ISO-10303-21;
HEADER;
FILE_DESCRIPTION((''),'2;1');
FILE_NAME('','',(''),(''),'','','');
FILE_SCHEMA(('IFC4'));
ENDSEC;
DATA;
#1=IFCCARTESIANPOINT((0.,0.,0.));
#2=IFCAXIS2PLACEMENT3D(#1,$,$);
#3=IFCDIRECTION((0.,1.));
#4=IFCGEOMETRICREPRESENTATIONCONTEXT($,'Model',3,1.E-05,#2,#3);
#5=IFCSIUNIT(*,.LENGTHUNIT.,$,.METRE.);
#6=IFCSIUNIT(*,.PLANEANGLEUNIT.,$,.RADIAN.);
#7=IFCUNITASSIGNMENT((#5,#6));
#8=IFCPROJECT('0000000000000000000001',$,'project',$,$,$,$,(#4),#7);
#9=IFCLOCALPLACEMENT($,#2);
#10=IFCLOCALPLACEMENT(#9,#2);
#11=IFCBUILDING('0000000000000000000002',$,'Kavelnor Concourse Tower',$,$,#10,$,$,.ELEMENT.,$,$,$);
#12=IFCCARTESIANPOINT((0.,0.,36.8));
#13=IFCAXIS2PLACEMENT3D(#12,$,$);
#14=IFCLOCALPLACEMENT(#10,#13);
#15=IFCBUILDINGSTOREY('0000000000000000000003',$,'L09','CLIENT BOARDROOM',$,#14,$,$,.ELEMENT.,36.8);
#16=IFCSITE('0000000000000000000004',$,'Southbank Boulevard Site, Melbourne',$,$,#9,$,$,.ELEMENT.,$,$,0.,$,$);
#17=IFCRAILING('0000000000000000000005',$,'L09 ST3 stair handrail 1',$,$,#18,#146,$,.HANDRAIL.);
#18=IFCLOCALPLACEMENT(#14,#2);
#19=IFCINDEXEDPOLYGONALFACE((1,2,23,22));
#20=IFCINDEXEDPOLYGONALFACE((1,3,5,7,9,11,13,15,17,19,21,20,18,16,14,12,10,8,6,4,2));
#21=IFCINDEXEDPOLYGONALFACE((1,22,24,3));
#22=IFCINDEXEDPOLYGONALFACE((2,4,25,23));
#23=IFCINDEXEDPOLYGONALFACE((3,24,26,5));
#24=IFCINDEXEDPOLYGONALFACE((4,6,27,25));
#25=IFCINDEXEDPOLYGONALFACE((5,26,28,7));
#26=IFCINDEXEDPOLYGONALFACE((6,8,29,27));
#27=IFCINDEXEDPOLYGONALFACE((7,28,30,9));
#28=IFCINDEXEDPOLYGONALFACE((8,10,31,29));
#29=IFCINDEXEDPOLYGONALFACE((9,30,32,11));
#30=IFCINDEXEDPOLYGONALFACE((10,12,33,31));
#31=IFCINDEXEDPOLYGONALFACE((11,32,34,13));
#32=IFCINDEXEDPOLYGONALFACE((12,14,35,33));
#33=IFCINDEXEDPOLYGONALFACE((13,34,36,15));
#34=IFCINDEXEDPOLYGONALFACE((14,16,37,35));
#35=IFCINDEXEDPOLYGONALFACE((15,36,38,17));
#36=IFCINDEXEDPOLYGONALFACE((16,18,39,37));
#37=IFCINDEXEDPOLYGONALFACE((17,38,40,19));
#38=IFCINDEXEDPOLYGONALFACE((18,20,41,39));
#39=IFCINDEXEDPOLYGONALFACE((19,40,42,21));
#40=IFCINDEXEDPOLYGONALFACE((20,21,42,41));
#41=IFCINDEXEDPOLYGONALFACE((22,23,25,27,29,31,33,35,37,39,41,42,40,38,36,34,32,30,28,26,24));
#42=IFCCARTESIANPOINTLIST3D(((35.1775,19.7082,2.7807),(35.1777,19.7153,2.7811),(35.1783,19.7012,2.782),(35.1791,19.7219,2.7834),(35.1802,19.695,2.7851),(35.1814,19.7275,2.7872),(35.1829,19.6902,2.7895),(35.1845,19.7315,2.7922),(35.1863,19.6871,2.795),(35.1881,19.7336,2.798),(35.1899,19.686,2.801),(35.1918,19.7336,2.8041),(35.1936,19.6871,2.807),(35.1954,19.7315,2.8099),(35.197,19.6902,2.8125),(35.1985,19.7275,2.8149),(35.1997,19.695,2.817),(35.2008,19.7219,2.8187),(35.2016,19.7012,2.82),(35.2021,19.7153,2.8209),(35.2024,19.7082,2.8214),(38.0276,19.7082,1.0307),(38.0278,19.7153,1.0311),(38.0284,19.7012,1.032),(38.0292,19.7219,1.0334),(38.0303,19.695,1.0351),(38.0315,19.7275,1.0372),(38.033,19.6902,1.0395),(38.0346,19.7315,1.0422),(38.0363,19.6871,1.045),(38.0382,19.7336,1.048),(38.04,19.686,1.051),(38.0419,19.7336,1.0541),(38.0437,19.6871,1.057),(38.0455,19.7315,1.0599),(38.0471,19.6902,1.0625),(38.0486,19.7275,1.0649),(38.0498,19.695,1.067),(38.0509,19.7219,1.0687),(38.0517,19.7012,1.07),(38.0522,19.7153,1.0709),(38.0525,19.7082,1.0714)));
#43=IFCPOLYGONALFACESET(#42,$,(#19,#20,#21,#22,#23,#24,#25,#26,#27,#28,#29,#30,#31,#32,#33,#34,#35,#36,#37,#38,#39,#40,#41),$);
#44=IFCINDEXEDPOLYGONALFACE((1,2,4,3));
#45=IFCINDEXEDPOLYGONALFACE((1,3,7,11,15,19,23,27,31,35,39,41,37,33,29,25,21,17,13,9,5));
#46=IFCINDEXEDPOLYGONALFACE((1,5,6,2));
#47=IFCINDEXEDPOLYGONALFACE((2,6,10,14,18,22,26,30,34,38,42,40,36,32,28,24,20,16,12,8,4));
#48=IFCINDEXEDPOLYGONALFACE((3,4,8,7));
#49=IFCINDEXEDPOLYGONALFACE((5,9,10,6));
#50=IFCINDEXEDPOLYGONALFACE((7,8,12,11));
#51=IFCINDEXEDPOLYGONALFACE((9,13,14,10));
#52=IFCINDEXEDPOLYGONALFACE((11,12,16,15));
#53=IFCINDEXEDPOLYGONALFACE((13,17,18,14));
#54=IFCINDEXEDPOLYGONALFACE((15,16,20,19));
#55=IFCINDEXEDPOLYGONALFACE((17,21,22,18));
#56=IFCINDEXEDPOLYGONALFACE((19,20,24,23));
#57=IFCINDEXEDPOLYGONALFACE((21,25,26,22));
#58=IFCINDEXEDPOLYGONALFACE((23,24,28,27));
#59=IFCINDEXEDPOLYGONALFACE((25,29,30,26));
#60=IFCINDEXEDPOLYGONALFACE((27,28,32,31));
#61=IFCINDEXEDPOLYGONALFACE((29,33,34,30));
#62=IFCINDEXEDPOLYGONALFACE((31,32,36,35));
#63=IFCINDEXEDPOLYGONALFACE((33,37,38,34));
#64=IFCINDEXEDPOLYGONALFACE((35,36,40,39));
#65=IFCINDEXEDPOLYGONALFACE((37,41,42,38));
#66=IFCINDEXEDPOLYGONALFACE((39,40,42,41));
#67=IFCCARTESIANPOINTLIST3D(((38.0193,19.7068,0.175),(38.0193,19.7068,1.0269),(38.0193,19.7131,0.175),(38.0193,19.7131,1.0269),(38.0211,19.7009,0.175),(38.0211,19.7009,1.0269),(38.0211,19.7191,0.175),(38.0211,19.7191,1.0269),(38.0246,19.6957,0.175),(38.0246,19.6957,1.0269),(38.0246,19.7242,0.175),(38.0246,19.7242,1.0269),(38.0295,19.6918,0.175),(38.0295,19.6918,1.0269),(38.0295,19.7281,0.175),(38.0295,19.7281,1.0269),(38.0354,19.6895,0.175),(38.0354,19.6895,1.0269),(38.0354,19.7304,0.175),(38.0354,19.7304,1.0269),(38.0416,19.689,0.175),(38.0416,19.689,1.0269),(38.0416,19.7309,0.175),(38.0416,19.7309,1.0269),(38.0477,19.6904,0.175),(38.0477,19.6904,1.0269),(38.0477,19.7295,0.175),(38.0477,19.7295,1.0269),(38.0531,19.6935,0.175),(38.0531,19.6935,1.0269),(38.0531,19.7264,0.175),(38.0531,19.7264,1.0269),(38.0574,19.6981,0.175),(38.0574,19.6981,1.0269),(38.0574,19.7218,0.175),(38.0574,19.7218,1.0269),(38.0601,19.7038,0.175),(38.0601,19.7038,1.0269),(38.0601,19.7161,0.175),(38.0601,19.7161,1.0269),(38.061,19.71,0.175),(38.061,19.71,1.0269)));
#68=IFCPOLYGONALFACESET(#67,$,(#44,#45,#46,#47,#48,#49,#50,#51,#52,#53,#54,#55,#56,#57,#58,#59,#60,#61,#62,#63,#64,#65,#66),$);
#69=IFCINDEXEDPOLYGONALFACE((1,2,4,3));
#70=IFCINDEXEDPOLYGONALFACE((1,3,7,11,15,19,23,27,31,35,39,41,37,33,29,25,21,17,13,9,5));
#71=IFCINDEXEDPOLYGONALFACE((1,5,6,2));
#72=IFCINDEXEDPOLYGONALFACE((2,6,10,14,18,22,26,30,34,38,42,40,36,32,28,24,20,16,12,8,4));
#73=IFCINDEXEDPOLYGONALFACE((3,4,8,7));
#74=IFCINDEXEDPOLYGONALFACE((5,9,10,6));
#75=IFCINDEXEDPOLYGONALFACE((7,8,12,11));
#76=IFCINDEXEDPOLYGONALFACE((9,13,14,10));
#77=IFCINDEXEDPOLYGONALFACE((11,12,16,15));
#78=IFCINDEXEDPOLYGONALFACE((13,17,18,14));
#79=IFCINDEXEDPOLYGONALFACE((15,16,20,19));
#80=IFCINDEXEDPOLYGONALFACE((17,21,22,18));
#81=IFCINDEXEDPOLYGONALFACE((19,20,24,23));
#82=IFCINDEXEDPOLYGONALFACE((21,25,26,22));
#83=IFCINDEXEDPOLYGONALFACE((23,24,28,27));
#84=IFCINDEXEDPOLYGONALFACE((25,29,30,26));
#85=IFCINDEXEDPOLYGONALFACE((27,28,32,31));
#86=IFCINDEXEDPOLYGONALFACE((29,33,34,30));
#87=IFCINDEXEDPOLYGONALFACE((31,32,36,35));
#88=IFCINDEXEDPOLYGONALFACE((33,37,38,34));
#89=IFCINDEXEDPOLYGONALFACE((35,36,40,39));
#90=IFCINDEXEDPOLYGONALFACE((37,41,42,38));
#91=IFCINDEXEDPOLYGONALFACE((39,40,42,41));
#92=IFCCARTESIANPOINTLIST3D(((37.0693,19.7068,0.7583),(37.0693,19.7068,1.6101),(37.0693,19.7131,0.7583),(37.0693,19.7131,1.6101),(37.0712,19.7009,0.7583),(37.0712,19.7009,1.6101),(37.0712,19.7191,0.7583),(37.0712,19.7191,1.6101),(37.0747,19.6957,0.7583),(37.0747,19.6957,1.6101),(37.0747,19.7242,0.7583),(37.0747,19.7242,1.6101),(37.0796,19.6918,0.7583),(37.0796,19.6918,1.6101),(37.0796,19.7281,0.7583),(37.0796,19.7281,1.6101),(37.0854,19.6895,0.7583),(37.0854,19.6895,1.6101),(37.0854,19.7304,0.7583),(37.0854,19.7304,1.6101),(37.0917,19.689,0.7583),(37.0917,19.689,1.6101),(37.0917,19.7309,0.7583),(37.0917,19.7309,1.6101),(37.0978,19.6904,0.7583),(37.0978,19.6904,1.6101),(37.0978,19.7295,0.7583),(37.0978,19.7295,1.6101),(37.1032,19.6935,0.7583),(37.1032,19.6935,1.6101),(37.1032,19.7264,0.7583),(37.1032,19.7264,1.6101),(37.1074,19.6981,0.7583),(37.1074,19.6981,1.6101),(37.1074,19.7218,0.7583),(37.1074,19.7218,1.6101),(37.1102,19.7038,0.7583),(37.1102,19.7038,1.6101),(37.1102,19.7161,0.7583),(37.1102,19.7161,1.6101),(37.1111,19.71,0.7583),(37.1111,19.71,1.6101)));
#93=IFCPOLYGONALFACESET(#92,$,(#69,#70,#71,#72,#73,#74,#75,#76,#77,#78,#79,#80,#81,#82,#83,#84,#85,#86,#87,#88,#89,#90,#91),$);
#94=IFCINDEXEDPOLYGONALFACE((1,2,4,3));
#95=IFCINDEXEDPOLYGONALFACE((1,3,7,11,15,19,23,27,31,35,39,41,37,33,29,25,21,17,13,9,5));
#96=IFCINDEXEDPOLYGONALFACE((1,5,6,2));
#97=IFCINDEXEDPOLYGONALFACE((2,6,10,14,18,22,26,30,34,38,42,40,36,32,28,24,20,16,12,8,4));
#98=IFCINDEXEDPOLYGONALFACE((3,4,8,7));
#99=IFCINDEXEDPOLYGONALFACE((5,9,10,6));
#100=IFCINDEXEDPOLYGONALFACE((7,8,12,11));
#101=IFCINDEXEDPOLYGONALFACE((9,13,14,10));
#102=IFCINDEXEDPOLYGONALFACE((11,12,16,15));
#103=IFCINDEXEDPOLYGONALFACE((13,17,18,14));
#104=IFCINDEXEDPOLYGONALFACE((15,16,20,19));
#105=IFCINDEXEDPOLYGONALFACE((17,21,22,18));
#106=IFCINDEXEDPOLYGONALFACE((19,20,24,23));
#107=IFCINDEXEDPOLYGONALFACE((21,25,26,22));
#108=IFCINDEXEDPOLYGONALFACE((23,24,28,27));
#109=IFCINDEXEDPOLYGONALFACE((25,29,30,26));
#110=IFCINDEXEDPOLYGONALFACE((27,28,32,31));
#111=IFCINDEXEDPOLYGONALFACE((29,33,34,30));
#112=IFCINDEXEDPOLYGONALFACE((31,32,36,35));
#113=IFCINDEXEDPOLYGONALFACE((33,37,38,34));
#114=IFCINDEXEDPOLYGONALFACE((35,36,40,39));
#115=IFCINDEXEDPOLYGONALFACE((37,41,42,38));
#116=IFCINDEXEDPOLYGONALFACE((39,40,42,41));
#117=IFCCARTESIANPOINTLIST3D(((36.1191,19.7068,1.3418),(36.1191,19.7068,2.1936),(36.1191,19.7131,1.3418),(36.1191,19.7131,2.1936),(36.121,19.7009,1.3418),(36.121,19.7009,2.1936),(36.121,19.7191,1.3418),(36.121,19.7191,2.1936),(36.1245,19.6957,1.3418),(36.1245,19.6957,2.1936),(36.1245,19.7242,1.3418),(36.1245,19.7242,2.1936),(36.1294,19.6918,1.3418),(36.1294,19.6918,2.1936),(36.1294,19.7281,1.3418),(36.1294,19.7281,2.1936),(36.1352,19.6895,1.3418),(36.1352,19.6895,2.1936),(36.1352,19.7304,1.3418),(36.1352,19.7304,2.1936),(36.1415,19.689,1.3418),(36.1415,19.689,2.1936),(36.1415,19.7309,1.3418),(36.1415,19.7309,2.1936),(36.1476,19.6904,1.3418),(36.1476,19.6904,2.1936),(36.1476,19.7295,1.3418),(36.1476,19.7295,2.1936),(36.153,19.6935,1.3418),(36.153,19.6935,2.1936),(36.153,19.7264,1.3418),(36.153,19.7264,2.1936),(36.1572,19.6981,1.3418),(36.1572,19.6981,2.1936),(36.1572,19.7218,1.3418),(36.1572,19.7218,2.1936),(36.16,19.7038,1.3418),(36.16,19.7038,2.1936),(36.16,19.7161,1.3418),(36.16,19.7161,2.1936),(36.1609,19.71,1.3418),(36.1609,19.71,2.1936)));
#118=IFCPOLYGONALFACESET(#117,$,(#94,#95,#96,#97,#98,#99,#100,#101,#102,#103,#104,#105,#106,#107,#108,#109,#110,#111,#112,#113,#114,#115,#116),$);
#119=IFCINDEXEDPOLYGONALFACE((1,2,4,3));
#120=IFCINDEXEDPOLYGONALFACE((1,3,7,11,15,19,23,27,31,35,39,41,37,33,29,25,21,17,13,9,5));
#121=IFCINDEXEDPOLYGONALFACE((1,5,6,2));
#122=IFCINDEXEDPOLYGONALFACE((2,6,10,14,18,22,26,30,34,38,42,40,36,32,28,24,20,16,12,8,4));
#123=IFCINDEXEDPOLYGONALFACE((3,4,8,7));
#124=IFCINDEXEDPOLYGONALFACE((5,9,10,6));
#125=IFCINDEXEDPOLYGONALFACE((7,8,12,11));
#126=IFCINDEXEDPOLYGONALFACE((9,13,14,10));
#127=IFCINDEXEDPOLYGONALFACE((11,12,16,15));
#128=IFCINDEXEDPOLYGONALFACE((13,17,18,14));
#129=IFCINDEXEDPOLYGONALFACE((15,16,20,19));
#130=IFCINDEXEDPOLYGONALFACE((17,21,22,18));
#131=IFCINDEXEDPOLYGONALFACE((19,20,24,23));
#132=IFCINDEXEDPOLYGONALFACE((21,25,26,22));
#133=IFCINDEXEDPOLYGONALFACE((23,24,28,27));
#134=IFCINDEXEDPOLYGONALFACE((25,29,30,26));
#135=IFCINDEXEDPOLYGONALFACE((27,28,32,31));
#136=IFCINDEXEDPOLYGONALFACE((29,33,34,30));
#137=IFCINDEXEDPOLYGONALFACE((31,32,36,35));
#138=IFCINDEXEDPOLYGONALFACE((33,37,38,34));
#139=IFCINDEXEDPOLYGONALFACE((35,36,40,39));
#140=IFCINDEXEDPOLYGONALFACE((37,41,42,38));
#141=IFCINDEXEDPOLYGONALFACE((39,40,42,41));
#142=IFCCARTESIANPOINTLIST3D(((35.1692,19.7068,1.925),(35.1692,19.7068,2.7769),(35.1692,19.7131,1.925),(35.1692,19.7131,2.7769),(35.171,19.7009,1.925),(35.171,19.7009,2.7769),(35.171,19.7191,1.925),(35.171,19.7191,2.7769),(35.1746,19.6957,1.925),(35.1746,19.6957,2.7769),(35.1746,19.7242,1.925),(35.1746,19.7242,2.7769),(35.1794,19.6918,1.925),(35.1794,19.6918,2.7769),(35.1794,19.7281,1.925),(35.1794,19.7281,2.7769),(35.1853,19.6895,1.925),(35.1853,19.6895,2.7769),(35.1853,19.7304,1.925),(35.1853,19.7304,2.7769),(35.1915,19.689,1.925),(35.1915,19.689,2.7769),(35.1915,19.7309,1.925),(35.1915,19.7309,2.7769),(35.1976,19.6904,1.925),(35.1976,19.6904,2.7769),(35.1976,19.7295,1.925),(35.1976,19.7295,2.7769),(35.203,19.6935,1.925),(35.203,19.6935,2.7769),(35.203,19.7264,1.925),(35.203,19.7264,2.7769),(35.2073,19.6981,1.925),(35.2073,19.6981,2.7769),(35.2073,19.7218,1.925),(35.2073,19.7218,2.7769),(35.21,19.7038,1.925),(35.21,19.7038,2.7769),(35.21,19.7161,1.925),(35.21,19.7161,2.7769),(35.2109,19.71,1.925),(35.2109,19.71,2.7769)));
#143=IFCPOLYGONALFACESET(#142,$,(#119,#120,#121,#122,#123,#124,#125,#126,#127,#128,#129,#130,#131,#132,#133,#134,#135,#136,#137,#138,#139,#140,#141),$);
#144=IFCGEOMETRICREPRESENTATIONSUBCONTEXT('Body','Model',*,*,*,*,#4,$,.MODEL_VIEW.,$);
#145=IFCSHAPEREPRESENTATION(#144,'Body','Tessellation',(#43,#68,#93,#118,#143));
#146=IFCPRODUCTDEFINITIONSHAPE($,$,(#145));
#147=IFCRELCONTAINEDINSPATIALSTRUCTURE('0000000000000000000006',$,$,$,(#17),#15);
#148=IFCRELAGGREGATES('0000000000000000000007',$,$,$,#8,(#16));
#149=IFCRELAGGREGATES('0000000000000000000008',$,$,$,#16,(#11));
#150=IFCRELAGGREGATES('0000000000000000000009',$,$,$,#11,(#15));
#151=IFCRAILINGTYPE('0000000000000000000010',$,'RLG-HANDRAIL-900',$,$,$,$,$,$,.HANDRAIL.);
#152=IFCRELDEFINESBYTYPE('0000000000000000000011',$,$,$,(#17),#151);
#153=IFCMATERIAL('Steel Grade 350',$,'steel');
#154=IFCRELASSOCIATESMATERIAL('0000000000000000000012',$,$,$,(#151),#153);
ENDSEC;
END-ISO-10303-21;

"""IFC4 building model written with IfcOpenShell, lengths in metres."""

from ifc_helpers import new_model, si_unit, direction, frame, origin, origin_2d, place, context, subcontext, project, spatial, circle, extrude, material, type_object, element, save


model = new_model("IFC4")

# Units and contexts
model_context = context("Model", 3, precision=1e-05, world=origin(), true_north=direction((0.0, 1.0)))
body_context = subcontext(model_context, "Body", "Model", "MODEL_VIEW")
ifc_project = project(units=[si_unit("LENGTHUNIT", "METRE"), si_unit("PLANEANGLEUNIT", "RADIAN")], contexts=[model_context])

# Site, building, storey
site_placement = place(None, origin())
site = spatial("IfcSite", under=ifc_project, at=site_placement, Name="Southbank Boulevard Site, Melbourne", CompositionType="ELEMENT", RefElevation=0.0)
building_placement = place(site_placement, origin())
building = spatial("IfcBuilding", under=site, at=building_placement, Name="Kavelnor Concourse Tower", CompositionType="ELEMENT")
storey_placement = place(building_placement, frame((0.0, 0.0, 36.8)))
storey = spatial("IfcBuildingStorey", under=building, at=storey_placement, Name="L09", Description="CLIENT BOARDROOM", CompositionType="ELEMENT", Elevation=36.8)

# Shared definitions
ifc_material_1 = material(Name="Steel Grade 350", Category="steel")

# Railing
railing_type_1 = type_object("IfcRailingType", Name="RLG-HANDRAIL-900", PredefinedType="HANDRAIL", material=ifc_material_1)
railing_1_placement = place(storey_placement, frame((38.04, 19.71, 0.175)))
element("IfcRailing", 1, at=railing_1_placement, inside=storey, type_object=railing_type_1, Name="L09 ST3 stair handrail 1", PredefinedType="HANDRAIL", context=body_context, shape_type="SweptSolid", body=[
    extrude(circle(Radius=0.0239, at=origin_2d()), frame((0.0, 0.0, 0.876), z_axis=(-0.852179, 0.0, 0.52325), x_axis=(0.0, -1.0, 0.0)), (0.0, 0.0, 1.0), 3.3445),
    extrude(circle(Radius=0.021, at=origin_2d()), origin(), (0.0, 0.0, 1.0), 0.8518),
    extrude(circle(Radius=0.021, at=origin_2d()), frame((-0.95, 0.0, 0.5833)), (0.0, 0.0, 1.0), 0.8518),
    extrude(circle(Radius=0.021, at=origin_2d()), frame((-1.9001, 0.0, 1.1667)), (0.0, 0.0, 1.0), 0.8518),
    extrude(circle(Radius=0.021, at=origin_2d()), frame((-2.8501, 0.0, 1.75)), (0.0, 0.0, 1.0), 0.8518),
])

save(model, "model.ifc")
